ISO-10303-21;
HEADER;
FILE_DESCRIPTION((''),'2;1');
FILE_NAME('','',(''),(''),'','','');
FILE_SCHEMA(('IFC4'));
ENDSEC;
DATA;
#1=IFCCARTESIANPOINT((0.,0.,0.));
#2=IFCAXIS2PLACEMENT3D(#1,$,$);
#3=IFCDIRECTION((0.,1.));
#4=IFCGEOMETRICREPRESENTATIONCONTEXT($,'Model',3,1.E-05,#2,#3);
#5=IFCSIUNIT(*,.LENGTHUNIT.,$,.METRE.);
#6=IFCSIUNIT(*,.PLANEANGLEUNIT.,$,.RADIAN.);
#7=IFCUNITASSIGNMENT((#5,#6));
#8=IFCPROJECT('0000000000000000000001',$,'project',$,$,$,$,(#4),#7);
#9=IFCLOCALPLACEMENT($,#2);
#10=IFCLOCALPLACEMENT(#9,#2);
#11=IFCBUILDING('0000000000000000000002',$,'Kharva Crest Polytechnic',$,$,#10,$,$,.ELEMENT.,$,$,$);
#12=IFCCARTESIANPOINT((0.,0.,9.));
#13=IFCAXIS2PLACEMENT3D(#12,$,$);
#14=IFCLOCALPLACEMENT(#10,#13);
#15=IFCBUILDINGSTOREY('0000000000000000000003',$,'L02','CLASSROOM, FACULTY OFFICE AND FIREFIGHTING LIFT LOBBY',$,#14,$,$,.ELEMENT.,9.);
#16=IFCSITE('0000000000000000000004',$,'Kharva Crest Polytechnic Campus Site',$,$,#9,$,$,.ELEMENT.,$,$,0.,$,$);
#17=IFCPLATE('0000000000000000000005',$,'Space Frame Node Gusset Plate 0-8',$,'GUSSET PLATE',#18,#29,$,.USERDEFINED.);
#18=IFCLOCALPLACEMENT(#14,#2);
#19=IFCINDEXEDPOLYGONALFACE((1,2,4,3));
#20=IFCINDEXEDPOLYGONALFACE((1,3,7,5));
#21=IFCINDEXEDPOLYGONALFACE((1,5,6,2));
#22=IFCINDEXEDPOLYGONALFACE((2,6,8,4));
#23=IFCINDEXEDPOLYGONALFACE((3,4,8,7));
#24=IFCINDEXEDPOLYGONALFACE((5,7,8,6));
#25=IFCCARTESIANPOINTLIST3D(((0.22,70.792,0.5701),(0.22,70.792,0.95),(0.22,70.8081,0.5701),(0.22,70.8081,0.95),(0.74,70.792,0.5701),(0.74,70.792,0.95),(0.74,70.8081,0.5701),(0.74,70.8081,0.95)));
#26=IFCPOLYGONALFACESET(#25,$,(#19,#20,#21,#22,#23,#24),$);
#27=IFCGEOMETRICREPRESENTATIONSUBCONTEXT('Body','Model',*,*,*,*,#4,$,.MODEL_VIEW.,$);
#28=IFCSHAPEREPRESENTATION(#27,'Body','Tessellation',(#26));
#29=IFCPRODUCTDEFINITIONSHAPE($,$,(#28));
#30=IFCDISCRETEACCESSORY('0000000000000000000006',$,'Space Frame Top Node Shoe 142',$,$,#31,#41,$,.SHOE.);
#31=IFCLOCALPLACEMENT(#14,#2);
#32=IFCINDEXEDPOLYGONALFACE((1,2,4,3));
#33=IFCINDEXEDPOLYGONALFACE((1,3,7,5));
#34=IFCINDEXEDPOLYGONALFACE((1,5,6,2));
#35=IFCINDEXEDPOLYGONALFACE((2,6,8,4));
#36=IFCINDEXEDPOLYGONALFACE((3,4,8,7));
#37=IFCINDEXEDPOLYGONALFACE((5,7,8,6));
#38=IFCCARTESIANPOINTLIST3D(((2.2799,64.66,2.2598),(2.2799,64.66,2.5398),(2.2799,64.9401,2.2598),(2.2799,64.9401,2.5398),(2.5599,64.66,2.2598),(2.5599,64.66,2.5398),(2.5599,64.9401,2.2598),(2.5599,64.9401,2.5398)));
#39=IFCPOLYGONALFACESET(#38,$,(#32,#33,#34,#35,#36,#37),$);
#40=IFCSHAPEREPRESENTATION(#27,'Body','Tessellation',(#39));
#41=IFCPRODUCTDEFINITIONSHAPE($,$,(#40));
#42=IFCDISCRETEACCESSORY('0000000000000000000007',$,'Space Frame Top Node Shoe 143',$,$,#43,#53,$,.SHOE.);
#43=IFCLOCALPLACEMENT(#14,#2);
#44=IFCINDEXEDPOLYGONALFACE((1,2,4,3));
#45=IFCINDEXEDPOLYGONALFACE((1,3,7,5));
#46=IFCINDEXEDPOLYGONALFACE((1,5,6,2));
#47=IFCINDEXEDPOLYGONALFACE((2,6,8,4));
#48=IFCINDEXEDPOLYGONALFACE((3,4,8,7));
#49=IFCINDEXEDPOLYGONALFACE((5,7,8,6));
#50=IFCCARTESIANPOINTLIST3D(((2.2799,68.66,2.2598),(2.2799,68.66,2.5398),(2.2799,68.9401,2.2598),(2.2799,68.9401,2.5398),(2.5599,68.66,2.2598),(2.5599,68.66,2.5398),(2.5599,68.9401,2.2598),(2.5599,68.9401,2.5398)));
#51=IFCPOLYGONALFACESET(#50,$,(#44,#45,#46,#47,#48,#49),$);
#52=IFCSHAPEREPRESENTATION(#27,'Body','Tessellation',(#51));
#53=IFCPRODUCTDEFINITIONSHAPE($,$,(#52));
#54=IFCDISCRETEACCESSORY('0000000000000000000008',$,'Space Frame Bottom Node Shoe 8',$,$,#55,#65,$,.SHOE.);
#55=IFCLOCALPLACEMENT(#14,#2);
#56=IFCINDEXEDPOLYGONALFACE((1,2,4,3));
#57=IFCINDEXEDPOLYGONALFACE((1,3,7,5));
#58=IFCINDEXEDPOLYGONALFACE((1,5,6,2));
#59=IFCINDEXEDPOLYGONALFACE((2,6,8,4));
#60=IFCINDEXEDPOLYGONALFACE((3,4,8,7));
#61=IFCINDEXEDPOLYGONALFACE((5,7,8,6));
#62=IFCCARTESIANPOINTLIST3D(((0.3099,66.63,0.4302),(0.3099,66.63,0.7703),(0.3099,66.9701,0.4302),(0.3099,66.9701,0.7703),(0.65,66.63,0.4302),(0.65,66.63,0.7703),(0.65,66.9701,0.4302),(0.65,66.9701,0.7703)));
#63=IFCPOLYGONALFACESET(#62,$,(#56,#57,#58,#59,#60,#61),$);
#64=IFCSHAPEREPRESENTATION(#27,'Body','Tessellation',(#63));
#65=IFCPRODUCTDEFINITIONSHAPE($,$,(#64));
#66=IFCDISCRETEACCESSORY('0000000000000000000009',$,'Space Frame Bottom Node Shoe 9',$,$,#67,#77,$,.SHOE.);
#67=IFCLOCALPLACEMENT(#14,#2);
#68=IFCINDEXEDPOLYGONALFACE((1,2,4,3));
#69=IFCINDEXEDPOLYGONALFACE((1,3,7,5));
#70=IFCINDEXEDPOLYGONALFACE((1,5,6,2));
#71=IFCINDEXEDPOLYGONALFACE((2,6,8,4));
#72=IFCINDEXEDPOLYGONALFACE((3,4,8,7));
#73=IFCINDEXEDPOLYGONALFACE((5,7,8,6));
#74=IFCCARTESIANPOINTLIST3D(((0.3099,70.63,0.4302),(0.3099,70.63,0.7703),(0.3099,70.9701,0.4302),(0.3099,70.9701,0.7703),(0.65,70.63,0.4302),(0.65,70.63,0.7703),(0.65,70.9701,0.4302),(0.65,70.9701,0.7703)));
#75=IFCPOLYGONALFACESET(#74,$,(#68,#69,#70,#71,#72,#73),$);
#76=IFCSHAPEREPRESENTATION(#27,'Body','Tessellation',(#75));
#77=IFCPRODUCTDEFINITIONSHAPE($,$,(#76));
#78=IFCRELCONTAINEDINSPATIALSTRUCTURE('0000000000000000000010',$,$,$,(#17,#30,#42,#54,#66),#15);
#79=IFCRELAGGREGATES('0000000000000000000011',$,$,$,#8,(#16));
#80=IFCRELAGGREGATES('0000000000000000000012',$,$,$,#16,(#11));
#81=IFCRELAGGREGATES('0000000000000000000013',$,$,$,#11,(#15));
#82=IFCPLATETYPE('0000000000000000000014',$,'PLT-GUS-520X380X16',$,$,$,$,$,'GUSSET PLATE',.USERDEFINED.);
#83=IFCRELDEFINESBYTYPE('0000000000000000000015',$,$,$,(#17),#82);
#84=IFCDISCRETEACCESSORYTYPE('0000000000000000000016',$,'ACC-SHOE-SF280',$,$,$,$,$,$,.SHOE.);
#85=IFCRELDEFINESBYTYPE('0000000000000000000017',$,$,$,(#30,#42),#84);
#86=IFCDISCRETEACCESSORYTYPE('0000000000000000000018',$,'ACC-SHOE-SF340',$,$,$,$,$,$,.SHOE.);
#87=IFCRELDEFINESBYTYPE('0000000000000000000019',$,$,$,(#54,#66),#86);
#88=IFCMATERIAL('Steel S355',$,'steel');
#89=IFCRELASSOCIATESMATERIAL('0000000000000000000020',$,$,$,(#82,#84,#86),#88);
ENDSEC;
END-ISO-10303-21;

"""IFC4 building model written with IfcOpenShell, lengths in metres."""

from ifc_helpers import new_model, si_unit, direction, frame, origin, origin_2d, place, context, subcontext, project, spatial, rectangle, extrude, material, type_object, element, save


model = new_model("IFC4")

# Units and contexts
model_context = context("Model", 3, precision=1e-05, world=origin(), true_north=direction((0.0, 1.0)))
body_context = subcontext(model_context, "Body", "Model", "MODEL_VIEW")
ifc_project = project(units=[si_unit("LENGTHUNIT", "METRE"), si_unit("PLANEANGLEUNIT", "RADIAN")], contexts=[model_context])

# Site, building, storey
site_placement = place(None, origin())
site = spatial("IfcSite", under=ifc_project, at=site_placement, Name="Kharva Crest Polytechnic Campus Site", CompositionType="ELEMENT", RefElevation=0.0)
building_placement = place(site_placement, origin())
building = spatial("IfcBuilding", under=site, at=building_placement, Name="Kharva Crest Polytechnic", CompositionType="ELEMENT")
storey_placement = place(building_placement, frame((0.0, 0.0, 9.0)))
storey = spatial("IfcBuildingStorey", under=building, at=storey_placement, Name="L02", Description="CLASSROOM, FACULTY OFFICE AND FIREFIGHTING LIFT LOBBY", CompositionType="ELEMENT", Elevation=9.0)

# Shared definitions
ifc_material_1 = material(Name="Steel S355", Category="steel")

# Plate
plate_type_1 = type_object("IfcPlateType", Name="PLT-GUS-520X380X16", ElementType="GUSSET PLATE", PredefinedType="USERDEFINED", material=ifc_material_1)
plate_1_placement = place(storey_placement, frame((0.48, 70.8, 0.5701), z_axis=(0.0, 0.0, 1.0), x_axis=(1.0, 0.0, 0.0)))
element("IfcPlate", 1, at=plate_1_placement, inside=storey, type_object=plate_type_1, Name="Space Frame Node Gusset Plate 0-8", ObjectType="GUSSET PLATE", PredefinedType="USERDEFINED", context=body_context, shape_type="SweptSolid", body=[
    extrude(rectangle(XDim=0.52, YDim=0.0161, at=origin_2d()), origin(), (0.0, 0.0, 1.0), 0.3799),
])

# Discrete accessories
discrete_accessory_type_1 = type_object("IfcDiscreteAccessoryType", Name="ACC-SHOE-SF280", PredefinedType="SHOE", material=ifc_material_1)
for number, where, z_axis, x_axis, name in (
    (2, (2.4199, 64.8, 2.2598), (0.0, 0.0, 1.0), (1.0, 0.0, 0.0), "Space Frame Top Node Shoe 142"),
    (3, (2.4199, 68.8, 2.2598), (0.0, 0.0, 1.0), (1.0, 0.0, 0.0), "Space Frame Top Node Shoe 143"),
):
    element("IfcDiscreteAccessory", number, at=place(storey_placement, frame(where, z_axis=z_axis, x_axis=x_axis)), inside=storey, type_object=discrete_accessory_type_1, Name=name, PredefinedType="SHOE", context=body_context, shape_type="SweptSolid", body=[
        extrude(rectangle(XDim=0.28, YDim=0.28, at=origin_2d()), origin(), (0.0, 0.0, 1.0), 0.28),
    ])
discrete_accessory_type_2 = type_object("IfcDiscreteAccessoryType", Name="ACC-SHOE-SF340", PredefinedType="SHOE", material=ifc_material_1)
for number, where, z_axis, x_axis, name in (
    (4, (0.48, 66.8, 0.4302), (0.0, 0.0, 1.0), (1.0, 0.0, 0.0), "Space Frame Bottom Node Shoe 8"),
    (5, (0.48, 70.8, 0.4302), (0.0, 0.0, 1.0), (1.0, 0.0, 0.0), "Space Frame Bottom Node Shoe 9"),
):
    element("IfcDiscreteAccessory", number, at=place(storey_placement, frame(where, z_axis=z_axis, x_axis=x_axis)), inside=storey, type_object=discrete_accessory_type_2, Name=name, PredefinedType="SHOE", context=body_context, shape_type="SweptSolid", body=[
        extrude(rectangle(XDim=0.3401, YDim=0.3401, at=origin_2d()), origin(), (0.0, 0.0, 1.0), 0.3401),
    ])

save(model, "model.ifc")
